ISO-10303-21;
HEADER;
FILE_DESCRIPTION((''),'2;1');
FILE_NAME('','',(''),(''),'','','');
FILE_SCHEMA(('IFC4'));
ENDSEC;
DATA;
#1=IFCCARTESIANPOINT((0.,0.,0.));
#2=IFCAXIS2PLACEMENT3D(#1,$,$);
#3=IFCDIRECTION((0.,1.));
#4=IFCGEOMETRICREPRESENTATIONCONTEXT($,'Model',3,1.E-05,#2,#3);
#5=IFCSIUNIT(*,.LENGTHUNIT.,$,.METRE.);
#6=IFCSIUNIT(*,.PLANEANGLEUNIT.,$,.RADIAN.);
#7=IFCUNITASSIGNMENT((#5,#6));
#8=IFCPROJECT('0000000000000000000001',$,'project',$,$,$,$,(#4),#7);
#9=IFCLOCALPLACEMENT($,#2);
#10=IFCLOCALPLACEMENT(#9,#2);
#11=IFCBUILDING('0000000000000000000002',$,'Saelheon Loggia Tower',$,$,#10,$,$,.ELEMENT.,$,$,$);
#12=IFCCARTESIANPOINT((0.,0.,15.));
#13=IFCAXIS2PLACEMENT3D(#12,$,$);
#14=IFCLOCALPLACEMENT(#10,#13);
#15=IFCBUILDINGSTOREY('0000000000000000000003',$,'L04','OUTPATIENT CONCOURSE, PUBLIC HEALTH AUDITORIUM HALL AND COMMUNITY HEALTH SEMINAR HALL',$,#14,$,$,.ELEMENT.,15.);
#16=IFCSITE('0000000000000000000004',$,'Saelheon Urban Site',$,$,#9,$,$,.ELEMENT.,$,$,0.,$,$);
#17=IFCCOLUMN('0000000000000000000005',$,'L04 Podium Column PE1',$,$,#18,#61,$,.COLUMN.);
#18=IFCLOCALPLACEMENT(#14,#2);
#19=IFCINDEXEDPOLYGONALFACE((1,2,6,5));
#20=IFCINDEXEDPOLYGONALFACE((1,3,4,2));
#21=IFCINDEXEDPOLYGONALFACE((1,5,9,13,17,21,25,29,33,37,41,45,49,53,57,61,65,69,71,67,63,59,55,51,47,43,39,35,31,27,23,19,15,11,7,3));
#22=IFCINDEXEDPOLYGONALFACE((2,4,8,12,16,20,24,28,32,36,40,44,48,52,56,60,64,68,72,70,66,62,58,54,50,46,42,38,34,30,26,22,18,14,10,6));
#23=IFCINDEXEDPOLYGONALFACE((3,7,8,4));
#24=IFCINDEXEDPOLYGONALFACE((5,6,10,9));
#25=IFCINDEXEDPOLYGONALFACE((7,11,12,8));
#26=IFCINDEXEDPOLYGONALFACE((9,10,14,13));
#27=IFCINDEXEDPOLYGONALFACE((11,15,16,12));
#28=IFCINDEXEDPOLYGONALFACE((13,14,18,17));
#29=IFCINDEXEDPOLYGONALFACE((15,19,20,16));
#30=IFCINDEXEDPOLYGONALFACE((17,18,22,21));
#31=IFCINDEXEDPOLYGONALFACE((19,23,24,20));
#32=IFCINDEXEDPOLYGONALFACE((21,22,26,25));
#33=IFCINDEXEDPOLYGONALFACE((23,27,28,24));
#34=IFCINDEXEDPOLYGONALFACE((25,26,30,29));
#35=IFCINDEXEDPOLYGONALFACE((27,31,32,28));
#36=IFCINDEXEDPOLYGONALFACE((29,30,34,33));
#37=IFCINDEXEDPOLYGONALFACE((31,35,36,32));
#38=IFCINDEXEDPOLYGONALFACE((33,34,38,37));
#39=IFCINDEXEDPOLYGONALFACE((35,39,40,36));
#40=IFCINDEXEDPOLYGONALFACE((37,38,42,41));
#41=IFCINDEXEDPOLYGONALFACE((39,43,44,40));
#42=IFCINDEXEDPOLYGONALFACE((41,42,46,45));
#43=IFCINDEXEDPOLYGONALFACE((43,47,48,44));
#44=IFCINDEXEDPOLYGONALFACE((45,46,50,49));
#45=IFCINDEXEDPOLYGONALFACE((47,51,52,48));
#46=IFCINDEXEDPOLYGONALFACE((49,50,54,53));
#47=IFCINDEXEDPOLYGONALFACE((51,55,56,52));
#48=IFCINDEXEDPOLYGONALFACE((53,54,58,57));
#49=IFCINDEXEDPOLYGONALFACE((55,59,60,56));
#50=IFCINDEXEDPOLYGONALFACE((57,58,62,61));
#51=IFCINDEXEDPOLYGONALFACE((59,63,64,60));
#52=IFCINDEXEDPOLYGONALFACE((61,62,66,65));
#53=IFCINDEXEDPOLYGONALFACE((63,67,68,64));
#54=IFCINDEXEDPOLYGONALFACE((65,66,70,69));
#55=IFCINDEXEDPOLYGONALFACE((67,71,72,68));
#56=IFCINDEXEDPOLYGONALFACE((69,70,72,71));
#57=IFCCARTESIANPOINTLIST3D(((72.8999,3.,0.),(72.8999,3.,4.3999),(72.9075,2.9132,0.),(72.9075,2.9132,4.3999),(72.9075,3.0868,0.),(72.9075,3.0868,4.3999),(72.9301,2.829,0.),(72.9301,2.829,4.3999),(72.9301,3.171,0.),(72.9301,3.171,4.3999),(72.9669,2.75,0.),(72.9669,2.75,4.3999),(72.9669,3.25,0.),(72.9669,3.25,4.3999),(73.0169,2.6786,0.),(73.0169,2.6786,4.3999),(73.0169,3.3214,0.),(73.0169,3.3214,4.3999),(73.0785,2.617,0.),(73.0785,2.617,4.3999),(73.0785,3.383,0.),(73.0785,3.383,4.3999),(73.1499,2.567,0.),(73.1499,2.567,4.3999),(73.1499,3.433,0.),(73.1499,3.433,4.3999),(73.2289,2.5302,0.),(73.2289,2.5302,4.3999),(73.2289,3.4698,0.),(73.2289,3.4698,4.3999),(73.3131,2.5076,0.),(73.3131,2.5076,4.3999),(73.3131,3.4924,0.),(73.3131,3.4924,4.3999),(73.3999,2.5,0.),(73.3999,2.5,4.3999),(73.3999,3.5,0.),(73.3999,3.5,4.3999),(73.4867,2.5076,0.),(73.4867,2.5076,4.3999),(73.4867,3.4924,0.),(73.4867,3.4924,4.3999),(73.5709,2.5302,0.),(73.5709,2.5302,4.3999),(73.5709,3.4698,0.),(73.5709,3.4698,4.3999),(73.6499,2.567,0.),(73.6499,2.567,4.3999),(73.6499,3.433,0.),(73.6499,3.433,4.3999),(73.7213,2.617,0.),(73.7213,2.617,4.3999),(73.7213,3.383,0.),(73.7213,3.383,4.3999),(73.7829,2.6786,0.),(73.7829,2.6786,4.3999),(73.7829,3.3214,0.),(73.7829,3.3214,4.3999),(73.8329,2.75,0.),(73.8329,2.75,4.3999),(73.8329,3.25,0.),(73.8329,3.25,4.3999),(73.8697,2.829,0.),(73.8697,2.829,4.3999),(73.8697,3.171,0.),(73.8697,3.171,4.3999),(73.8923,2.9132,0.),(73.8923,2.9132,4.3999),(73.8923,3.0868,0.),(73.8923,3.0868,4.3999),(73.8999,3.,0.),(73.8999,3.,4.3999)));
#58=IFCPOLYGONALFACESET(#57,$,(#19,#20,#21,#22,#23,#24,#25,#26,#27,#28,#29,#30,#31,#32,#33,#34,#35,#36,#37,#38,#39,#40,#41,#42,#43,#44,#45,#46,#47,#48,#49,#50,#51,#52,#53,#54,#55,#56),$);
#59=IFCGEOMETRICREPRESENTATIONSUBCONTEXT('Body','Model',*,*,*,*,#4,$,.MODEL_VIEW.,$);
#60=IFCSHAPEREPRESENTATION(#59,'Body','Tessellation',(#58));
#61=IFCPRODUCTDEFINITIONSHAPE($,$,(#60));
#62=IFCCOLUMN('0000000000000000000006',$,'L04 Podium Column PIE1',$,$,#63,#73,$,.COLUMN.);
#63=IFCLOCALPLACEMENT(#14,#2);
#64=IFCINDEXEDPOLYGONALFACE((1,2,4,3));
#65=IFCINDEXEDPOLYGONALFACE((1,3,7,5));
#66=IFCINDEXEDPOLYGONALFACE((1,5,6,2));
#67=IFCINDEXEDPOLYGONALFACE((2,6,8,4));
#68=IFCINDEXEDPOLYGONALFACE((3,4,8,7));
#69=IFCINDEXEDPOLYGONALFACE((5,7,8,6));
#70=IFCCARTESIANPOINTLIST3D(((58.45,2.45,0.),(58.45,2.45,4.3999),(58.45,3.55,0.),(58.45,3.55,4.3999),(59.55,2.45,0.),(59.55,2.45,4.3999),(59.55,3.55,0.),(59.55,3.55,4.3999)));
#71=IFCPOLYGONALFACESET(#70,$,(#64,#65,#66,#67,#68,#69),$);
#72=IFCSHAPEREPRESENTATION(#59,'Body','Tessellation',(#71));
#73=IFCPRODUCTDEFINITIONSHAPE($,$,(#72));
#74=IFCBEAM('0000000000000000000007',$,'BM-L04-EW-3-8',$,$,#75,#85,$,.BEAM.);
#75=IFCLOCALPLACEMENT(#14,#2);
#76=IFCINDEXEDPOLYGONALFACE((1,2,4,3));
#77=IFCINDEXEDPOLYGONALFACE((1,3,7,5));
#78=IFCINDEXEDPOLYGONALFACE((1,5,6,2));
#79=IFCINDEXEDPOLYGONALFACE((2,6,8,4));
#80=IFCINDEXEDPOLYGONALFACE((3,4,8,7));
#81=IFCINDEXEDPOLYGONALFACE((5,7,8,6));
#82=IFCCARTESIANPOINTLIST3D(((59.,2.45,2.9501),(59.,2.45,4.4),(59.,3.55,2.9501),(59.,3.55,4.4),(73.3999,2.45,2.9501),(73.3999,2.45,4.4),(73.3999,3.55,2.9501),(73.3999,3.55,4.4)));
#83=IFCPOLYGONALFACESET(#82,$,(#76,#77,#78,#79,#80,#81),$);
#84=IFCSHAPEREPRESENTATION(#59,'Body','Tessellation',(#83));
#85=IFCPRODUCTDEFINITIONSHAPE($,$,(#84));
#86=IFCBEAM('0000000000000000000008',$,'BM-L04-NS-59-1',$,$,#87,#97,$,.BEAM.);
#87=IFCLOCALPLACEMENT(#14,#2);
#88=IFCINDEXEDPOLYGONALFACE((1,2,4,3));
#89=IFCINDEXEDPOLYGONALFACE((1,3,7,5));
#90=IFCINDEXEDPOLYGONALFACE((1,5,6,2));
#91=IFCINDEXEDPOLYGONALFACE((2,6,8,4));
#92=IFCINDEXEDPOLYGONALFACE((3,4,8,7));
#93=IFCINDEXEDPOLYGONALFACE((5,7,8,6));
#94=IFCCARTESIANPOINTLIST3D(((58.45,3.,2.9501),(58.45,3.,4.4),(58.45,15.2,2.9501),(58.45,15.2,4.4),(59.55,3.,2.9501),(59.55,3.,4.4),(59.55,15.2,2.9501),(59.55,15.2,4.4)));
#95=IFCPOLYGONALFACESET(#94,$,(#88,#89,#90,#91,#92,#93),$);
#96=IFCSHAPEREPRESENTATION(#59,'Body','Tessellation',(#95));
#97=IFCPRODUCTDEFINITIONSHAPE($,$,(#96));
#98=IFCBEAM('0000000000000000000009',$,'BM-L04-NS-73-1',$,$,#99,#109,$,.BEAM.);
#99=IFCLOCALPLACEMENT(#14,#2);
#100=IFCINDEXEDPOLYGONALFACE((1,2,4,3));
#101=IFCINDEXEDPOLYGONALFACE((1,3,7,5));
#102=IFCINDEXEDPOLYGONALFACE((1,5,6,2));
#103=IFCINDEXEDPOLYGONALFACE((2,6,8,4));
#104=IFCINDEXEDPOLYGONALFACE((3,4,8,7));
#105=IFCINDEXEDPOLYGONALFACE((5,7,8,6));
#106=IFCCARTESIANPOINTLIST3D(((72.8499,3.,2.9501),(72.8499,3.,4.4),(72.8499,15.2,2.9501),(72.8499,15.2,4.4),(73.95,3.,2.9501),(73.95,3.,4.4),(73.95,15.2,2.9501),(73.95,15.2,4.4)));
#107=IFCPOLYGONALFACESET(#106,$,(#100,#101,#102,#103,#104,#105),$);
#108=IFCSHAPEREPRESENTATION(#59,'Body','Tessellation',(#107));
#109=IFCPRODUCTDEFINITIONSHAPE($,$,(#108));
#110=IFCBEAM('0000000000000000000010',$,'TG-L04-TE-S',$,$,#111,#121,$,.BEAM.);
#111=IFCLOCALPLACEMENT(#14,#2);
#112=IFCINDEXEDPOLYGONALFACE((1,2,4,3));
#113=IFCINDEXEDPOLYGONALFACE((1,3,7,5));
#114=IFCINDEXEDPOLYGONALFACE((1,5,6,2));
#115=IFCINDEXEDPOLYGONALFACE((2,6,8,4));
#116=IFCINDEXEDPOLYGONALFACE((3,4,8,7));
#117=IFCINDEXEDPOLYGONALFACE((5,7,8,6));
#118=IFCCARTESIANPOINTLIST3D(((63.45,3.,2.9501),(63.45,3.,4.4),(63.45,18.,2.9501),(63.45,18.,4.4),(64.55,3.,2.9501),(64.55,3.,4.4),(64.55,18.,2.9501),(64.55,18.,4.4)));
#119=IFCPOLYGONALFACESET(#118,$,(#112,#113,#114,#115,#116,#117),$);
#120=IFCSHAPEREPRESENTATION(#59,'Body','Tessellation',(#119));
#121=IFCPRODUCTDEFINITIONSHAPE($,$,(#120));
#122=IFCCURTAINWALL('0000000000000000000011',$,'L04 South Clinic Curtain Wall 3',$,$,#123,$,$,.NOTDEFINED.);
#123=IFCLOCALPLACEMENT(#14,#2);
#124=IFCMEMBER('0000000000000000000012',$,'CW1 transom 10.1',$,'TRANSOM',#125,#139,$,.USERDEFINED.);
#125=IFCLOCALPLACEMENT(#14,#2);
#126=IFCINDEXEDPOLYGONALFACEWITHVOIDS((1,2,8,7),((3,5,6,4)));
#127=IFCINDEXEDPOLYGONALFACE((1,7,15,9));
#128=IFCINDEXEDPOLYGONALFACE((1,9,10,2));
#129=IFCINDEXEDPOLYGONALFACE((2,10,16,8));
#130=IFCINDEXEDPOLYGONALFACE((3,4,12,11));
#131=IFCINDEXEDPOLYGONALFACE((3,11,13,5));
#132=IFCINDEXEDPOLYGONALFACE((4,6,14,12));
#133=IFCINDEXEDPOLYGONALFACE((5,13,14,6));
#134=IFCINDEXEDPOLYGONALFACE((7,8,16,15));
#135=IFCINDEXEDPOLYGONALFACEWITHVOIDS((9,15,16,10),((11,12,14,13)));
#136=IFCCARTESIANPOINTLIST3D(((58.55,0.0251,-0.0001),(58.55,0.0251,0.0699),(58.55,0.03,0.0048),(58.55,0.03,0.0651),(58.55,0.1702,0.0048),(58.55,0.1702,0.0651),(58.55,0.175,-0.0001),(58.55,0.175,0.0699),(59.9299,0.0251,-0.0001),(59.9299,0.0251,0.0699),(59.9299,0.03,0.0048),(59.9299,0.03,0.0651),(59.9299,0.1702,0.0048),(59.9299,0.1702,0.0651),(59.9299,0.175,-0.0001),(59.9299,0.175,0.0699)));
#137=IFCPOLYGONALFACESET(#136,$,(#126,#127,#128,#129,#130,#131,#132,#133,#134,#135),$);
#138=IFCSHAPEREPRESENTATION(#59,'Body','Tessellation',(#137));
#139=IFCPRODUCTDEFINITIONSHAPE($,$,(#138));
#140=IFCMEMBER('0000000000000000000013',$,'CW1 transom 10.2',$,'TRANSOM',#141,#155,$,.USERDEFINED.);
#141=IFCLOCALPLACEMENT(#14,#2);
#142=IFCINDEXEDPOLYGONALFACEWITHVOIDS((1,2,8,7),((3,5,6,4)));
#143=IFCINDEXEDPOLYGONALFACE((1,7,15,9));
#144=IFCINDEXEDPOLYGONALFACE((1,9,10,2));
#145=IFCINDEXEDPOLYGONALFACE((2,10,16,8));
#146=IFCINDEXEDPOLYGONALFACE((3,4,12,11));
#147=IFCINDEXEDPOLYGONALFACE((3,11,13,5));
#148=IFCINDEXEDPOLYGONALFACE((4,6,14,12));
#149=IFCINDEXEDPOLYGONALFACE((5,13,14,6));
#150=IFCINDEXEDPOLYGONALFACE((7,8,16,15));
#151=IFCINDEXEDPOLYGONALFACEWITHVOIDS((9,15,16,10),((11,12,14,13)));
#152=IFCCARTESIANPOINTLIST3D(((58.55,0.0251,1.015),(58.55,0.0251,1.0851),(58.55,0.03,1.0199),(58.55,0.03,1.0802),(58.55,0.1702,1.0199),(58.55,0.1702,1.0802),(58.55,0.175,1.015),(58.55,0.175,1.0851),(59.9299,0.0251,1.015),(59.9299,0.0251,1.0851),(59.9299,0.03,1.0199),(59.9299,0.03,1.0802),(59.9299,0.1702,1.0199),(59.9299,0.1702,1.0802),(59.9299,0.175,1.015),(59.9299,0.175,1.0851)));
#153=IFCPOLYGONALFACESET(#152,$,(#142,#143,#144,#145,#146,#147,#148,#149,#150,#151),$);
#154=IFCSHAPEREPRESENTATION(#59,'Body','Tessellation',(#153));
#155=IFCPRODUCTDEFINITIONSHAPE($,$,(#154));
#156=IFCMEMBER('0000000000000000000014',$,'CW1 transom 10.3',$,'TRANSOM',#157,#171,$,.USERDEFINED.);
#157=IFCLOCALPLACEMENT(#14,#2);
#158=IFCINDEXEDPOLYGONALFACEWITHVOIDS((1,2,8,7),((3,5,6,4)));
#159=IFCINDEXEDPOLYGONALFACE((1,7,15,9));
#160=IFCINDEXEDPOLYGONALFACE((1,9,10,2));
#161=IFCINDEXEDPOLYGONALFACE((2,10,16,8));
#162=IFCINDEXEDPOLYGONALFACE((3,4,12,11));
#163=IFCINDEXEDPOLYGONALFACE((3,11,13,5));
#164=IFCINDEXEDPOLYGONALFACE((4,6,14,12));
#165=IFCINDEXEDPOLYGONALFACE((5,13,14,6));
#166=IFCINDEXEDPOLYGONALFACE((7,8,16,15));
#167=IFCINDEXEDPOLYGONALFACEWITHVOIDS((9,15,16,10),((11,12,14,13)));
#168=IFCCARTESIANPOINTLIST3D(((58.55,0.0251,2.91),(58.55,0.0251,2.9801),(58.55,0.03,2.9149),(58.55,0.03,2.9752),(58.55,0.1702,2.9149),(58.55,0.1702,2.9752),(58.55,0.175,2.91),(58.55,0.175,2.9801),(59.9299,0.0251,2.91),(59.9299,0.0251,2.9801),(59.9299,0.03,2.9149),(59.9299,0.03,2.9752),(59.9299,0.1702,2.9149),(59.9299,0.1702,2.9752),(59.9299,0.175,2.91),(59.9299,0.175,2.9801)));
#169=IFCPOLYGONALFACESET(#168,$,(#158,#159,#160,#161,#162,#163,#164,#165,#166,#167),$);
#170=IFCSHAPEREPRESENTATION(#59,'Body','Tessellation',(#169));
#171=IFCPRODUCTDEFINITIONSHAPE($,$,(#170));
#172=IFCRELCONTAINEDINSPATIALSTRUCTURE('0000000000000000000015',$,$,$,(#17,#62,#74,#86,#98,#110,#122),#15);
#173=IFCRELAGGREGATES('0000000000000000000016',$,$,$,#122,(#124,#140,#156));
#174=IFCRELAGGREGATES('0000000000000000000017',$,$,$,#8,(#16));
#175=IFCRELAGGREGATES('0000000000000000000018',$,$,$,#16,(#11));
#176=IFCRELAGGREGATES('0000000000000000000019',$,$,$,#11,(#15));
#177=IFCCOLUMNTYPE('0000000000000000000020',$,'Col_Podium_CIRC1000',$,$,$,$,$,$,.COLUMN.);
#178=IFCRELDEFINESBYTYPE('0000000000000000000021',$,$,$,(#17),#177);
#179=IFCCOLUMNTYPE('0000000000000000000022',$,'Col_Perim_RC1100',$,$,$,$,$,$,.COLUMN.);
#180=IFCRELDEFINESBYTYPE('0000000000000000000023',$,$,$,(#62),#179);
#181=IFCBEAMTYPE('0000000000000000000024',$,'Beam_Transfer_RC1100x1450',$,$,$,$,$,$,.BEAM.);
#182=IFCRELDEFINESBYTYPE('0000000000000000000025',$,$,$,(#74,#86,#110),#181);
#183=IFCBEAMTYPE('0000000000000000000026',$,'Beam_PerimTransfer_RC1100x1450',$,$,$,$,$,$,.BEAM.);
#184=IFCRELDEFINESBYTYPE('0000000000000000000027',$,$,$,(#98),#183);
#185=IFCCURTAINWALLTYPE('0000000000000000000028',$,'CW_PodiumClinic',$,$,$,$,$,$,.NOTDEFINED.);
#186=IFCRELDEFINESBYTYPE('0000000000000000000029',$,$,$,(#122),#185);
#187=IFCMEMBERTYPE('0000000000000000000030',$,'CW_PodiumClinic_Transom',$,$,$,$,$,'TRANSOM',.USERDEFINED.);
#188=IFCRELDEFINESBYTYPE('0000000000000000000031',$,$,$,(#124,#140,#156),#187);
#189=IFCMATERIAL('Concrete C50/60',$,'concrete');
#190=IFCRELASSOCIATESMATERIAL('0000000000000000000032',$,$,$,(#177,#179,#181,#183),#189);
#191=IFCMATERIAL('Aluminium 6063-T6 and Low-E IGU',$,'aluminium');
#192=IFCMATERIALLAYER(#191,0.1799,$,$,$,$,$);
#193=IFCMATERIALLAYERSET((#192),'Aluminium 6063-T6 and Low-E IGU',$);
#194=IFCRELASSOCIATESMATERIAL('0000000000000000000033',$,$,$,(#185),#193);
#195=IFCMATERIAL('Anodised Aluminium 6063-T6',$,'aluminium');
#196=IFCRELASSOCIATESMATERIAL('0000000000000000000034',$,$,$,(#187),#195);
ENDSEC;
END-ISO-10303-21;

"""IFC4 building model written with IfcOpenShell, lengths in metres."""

from ifc_helpers import new_model, si_unit, direction, frame, origin, origin_2d, place, context, subcontext, project, spatial, rectangle, hollow_rectangle, circle, extrude, source, transform, mapped, material, layer, layer_set, material_profile, profile_set, type_object, element, aggregate, save


model = new_model("IFC4")

# Units and contexts
model_context = context("Model", 3, precision=1e-05, world=origin(), true_north=direction((0.0, 1.0)))
body_context = subcontext(model_context, "Body", "Model", "MODEL_VIEW")
ifc_project = project(units=[si_unit("LENGTHUNIT", "METRE"), si_unit("PLANEANGLEUNIT", "RADIAN")], contexts=[model_context])

# Site, building, storey
site_placement = place(None, origin())
site = spatial("IfcSite", under=ifc_project, at=site_placement, Name="Saelheon Urban Site", CompositionType="ELEMENT", RefElevation=0.0)
building_placement = place(site_placement, origin())
building = spatial("IfcBuilding", under=site, at=building_placement, Name="Saelheon Loggia Tower", CompositionType="ELEMENT")
storey_placement = place(building_placement, frame((0.0, 0.0, 15.0)))
storey = spatial("IfcBuildingStorey", under=building, at=storey_placement, Name="L04", Description="OUTPATIENT CONCOURSE, PUBLIC HEALTH AUDITORIUM HALL AND COMMUNITY HEALTH SEMINAR HALL", CompositionType="ELEMENT", Elevation=15.0)

# Columns
ifc_material_1 = material(Name="Concrete C50/60", Category="concrete")
ifc_material_profile_1 = material_profile(ifc_material_1, circle(Radius=0.5, at=origin_2d()), Name="CIRC-1000")
ifc_profile_set_1 = profile_set([ifc_material_profile_1], Name="Concrete C50/60")
column_type_1 = type_object("IfcColumnType", Name="Col_Podium_CIRC1000", PredefinedType="COLUMN", material=ifc_profile_set_1)
shared_shape_1 = source(origin(), body_context, "Body", "SweptSolid", [
    extrude(circle(Radius=0.5, at=origin_2d()), origin(), (0.0, 0.0, 1.0), 4.3999),
])
column_1_placement = place(storey_placement, frame((73.3999, 3.0, 0.0), z_axis=(0.0, 0.0, 1.0), x_axis=(1.0, 0.0, 0.0)))
element("IfcColumn", 1, at=column_1_placement, inside=storey, type_object=column_type_1, Name="L04 Podium Column PE1", PredefinedType="COLUMN", context=body_context, shape_type="MappedRepresentation", body=[
    mapped(shared_shape_1, transform((0.0, 0.0, 0.0), scale=1.0)),
])
ifc_material_profile_2 = material_profile(ifc_material_1, rectangle(XDim=1.1001, YDim=1.1001, at=origin_2d()), Name="RC-1100x1100")
ifc_profile_set_2 = profile_set([ifc_material_profile_2], Name="Concrete C50/60")
column_type_2 = type_object("IfcColumnType", Name="Col_Perim_RC1100", PredefinedType="COLUMN", material=ifc_profile_set_2)
shared_shape_2 = source(origin(), body_context, "Body", "SweptSolid", [
    extrude(rectangle(XDim=1.1001, YDim=1.1001, at=origin_2d()), origin(), (0.0, 0.0, 1.0), 4.3999),
])
column_2_placement = place(storey_placement, frame((59.0, 3.0, 0.0), z_axis=(0.0, 0.0, 1.0), x_axis=(1.0, 0.0, 0.0)))
element("IfcColumn", 2, at=column_2_placement, inside=storey, type_object=column_type_2, Name="L04 Podium Column PIE1", PredefinedType="COLUMN", context=body_context, shape_type="MappedRepresentation", body=[
    mapped(shared_shape_2, transform((0.0, 0.0, 0.0), scale=1.0)),
])

# Beams
ifc_material_profile_3 = material_profile(ifc_material_1, rectangle(XDim=1.1001, YDim=1.45, at=origin_2d()), Name="RC-1100x1450")
ifc_profile_set_3 = profile_set([ifc_material_profile_3], Name="Concrete C50/60")
beam_type_1 = type_object("IfcBeamType", Name="Beam_Transfer_RC1100x1450", PredefinedType="BEAM", material=ifc_profile_set_3)
shared_shape_3 = source(origin(), body_context, "Body", "SweptSolid", [
    extrude(rectangle(XDim=1.1001, YDim=1.45, at=origin_2d()), origin(), (0.0, 0.0, 1.0), 14.3999),
])
beam_1_placement = place(storey_placement, frame((59.0, 3.0, 3.675), z_axis=(1.0, 0.0, 0.0), x_axis=(0.0, 1.0, 0.0)))
element("IfcBeam", 3, at=beam_1_placement, inside=storey, type_object=beam_type_1, Name="BM-L04-EW-3-8", PredefinedType="BEAM", context=body_context, shape_type="MappedRepresentation", body=[
    mapped(shared_shape_3, transform((0.0, 0.0, 0.0), scale=1.0)),
])
shared_shape_4 = source(origin(), body_context, "Body", "SweptSolid", [
    extrude(rectangle(XDim=1.1001, YDim=1.45, at=origin_2d()), origin(), (0.0, 0.0, 1.0), 12.2),
])
beam_2_placement = place(storey_placement, frame((59.0, 3.0, 3.675), z_axis=(0.0, 1.0, 0.0), x_axis=(-1.0, 0.0, 0.0)))
element("IfcBeam", 4, at=beam_2_placement, inside=storey, type_object=beam_type_1, Name="BM-L04-NS-59-1", PredefinedType="BEAM", context=body_context, shape_type="MappedRepresentation", body=[
    mapped(shared_shape_4, transform((0.0, 0.0, 0.0), scale=1.0)),
])
ifc_material_profile_4 = material_profile(ifc_material_1, rectangle(XDim=1.1001, YDim=1.45, at=origin_2d()), Name="RC-1100x1450")
ifc_profile_set_4 = profile_set([ifc_material_profile_4], Name="Concrete C50/60")
beam_type_2 = type_object("IfcBeamType", Name="Beam_PerimTransfer_RC1100x1450", PredefinedType="BEAM", material=ifc_profile_set_4)
beam_3_placement = place(storey_placement, frame((73.3999, 3.0, 3.675), z_axis=(0.0, 1.0, 0.0), x_axis=(-1.0, 0.0, 0.0)))
element("IfcBeam", 5, at=beam_3_placement, inside=storey, type_object=beam_type_2, Name="BM-L04-NS-73-1", PredefinedType="BEAM", context=body_context, shape_type="MappedRepresentation", body=[
    mapped(shared_shape_4, transform((0.0, 0.0, 0.0), scale=1.0)),
])
shared_shape_5 = source(origin(), body_context, "Body", "SweptSolid", [
    extrude(rectangle(XDim=1.1001, YDim=1.45, at=origin_2d()), origin(), (0.0, 0.0, 1.0), 15.0),
])
beam_4_placement = place(storey_placement, frame((64.0, 3.0, 3.675), z_axis=(0.0, 1.0, 0.0), x_axis=(-1.0, 0.0, 0.0)))
element("IfcBeam", 6, at=beam_4_placement, inside=storey, type_object=beam_type_1, Name="TG-L04-TE-S", PredefinedType="BEAM", context=body_context, shape_type="MappedRepresentation", body=[
    mapped(shared_shape_5, transform((0.0, 0.0, 0.0), scale=1.0)),
])

# Curtain wall, members
ifc_material_2 = material(Name="Aluminium 6063-T6 and Low-E IGU", Category="aluminium")
ifc_layer_1 = layer(ifc_material_2, 0.1799)
ifc_layer_set_1 = layer_set([ifc_layer_1], Name="Aluminium 6063-T6 and Low-E IGU")
curtain_wall_type = type_object("IfcCurtainWallType", Name="CW_PodiumClinic", PredefinedType="NOTDEFINED", material=ifc_layer_set_1)
curtain_wall_placement = place(storey_placement, origin())
curtain_wall = element("IfcCurtainWall", 7, at=curtain_wall_placement, inside=storey, type_object=curtain_wall_type, Name="L04 South Clinic Curtain Wall 3", PredefinedType="NOTDEFINED")
ifc_material_3 = material(Name="Anodised Aluminium 6063-T6", Category="aluminium")
ifc_material_profile_5 = material_profile(ifc_material_3, hollow_rectangle(XDim=0.0701, YDim=0.1499, WallThickness=0.0049, at=origin_2d()), Name="RHS-150x70x5")
ifc_profile_set_5 = profile_set([ifc_material_profile_5], Name="Anodised Aluminium 6063-T6")
member_type_1 = type_object("IfcMemberType", Name="CW_PodiumClinic_Transom", ElementType="TRANSOM", PredefinedType="USERDEFINED", material=ifc_profile_set_5)
shared_shape_6 = source(origin(), body_context, "Body", "SweptSolid", [
    extrude(hollow_rectangle(XDim=0.0701, YDim=0.1499, WallThickness=0.0049, at=origin_2d()), origin(), (0.0, 0.0, 1.0), 1.3799),
])
member_1_placement = place(storey_placement, frame((58.55, 0.1001, 0.0349), z_axis=(1.0, 0.0, 0.0), x_axis=(0.0, 0.0, 1.0)))
member_1 = element("IfcMember", 8, at=member_1_placement, type_object=member_type_1, Name="CW1 transom 10.1", ObjectType="TRANSOM", PredefinedType="USERDEFINED", context=body_context, shape_type="MappedRepresentation", body=[
    mapped(shared_shape_6, transform((0.0, 0.0, 0.0), scale=1.0)),
])
member_2_placement = place(storey_placement, frame((58.55, 0.1001, 1.05), z_axis=(1.0, 0.0, 0.0), x_axis=(0.0, 0.0, 1.0)))
member_2 = element("IfcMember", 9, at=member_2_placement, type_object=member_type_1, Name="CW1 transom 10.2", ObjectType="TRANSOM", PredefinedType="USERDEFINED", context=body_context, shape_type="MappedRepresentation", body=[
    mapped(shared_shape_6, transform((0.0, 0.0, 0.0), scale=1.0)),
])
member_3_placement = place(storey_placement, frame((58.55, 0.1001, 2.9451), z_axis=(1.0, 0.0, 0.0), x_axis=(0.0, 0.0, 1.0)))
member_3 = element("IfcMember", 10, at=member_3_placement, type_object=member_type_1, Name="CW1 transom 10.3", ObjectType="TRANSOM", PredefinedType="USERDEFINED", context=body_context, shape_type="MappedRepresentation", body=[
    mapped(shared_shape_6, transform((0.0, 0.0, 0.0), scale=1.0)),
])
aggregate(curtain_wall, [member_1, member_2, member_3])

save(model, "model.ifc")
